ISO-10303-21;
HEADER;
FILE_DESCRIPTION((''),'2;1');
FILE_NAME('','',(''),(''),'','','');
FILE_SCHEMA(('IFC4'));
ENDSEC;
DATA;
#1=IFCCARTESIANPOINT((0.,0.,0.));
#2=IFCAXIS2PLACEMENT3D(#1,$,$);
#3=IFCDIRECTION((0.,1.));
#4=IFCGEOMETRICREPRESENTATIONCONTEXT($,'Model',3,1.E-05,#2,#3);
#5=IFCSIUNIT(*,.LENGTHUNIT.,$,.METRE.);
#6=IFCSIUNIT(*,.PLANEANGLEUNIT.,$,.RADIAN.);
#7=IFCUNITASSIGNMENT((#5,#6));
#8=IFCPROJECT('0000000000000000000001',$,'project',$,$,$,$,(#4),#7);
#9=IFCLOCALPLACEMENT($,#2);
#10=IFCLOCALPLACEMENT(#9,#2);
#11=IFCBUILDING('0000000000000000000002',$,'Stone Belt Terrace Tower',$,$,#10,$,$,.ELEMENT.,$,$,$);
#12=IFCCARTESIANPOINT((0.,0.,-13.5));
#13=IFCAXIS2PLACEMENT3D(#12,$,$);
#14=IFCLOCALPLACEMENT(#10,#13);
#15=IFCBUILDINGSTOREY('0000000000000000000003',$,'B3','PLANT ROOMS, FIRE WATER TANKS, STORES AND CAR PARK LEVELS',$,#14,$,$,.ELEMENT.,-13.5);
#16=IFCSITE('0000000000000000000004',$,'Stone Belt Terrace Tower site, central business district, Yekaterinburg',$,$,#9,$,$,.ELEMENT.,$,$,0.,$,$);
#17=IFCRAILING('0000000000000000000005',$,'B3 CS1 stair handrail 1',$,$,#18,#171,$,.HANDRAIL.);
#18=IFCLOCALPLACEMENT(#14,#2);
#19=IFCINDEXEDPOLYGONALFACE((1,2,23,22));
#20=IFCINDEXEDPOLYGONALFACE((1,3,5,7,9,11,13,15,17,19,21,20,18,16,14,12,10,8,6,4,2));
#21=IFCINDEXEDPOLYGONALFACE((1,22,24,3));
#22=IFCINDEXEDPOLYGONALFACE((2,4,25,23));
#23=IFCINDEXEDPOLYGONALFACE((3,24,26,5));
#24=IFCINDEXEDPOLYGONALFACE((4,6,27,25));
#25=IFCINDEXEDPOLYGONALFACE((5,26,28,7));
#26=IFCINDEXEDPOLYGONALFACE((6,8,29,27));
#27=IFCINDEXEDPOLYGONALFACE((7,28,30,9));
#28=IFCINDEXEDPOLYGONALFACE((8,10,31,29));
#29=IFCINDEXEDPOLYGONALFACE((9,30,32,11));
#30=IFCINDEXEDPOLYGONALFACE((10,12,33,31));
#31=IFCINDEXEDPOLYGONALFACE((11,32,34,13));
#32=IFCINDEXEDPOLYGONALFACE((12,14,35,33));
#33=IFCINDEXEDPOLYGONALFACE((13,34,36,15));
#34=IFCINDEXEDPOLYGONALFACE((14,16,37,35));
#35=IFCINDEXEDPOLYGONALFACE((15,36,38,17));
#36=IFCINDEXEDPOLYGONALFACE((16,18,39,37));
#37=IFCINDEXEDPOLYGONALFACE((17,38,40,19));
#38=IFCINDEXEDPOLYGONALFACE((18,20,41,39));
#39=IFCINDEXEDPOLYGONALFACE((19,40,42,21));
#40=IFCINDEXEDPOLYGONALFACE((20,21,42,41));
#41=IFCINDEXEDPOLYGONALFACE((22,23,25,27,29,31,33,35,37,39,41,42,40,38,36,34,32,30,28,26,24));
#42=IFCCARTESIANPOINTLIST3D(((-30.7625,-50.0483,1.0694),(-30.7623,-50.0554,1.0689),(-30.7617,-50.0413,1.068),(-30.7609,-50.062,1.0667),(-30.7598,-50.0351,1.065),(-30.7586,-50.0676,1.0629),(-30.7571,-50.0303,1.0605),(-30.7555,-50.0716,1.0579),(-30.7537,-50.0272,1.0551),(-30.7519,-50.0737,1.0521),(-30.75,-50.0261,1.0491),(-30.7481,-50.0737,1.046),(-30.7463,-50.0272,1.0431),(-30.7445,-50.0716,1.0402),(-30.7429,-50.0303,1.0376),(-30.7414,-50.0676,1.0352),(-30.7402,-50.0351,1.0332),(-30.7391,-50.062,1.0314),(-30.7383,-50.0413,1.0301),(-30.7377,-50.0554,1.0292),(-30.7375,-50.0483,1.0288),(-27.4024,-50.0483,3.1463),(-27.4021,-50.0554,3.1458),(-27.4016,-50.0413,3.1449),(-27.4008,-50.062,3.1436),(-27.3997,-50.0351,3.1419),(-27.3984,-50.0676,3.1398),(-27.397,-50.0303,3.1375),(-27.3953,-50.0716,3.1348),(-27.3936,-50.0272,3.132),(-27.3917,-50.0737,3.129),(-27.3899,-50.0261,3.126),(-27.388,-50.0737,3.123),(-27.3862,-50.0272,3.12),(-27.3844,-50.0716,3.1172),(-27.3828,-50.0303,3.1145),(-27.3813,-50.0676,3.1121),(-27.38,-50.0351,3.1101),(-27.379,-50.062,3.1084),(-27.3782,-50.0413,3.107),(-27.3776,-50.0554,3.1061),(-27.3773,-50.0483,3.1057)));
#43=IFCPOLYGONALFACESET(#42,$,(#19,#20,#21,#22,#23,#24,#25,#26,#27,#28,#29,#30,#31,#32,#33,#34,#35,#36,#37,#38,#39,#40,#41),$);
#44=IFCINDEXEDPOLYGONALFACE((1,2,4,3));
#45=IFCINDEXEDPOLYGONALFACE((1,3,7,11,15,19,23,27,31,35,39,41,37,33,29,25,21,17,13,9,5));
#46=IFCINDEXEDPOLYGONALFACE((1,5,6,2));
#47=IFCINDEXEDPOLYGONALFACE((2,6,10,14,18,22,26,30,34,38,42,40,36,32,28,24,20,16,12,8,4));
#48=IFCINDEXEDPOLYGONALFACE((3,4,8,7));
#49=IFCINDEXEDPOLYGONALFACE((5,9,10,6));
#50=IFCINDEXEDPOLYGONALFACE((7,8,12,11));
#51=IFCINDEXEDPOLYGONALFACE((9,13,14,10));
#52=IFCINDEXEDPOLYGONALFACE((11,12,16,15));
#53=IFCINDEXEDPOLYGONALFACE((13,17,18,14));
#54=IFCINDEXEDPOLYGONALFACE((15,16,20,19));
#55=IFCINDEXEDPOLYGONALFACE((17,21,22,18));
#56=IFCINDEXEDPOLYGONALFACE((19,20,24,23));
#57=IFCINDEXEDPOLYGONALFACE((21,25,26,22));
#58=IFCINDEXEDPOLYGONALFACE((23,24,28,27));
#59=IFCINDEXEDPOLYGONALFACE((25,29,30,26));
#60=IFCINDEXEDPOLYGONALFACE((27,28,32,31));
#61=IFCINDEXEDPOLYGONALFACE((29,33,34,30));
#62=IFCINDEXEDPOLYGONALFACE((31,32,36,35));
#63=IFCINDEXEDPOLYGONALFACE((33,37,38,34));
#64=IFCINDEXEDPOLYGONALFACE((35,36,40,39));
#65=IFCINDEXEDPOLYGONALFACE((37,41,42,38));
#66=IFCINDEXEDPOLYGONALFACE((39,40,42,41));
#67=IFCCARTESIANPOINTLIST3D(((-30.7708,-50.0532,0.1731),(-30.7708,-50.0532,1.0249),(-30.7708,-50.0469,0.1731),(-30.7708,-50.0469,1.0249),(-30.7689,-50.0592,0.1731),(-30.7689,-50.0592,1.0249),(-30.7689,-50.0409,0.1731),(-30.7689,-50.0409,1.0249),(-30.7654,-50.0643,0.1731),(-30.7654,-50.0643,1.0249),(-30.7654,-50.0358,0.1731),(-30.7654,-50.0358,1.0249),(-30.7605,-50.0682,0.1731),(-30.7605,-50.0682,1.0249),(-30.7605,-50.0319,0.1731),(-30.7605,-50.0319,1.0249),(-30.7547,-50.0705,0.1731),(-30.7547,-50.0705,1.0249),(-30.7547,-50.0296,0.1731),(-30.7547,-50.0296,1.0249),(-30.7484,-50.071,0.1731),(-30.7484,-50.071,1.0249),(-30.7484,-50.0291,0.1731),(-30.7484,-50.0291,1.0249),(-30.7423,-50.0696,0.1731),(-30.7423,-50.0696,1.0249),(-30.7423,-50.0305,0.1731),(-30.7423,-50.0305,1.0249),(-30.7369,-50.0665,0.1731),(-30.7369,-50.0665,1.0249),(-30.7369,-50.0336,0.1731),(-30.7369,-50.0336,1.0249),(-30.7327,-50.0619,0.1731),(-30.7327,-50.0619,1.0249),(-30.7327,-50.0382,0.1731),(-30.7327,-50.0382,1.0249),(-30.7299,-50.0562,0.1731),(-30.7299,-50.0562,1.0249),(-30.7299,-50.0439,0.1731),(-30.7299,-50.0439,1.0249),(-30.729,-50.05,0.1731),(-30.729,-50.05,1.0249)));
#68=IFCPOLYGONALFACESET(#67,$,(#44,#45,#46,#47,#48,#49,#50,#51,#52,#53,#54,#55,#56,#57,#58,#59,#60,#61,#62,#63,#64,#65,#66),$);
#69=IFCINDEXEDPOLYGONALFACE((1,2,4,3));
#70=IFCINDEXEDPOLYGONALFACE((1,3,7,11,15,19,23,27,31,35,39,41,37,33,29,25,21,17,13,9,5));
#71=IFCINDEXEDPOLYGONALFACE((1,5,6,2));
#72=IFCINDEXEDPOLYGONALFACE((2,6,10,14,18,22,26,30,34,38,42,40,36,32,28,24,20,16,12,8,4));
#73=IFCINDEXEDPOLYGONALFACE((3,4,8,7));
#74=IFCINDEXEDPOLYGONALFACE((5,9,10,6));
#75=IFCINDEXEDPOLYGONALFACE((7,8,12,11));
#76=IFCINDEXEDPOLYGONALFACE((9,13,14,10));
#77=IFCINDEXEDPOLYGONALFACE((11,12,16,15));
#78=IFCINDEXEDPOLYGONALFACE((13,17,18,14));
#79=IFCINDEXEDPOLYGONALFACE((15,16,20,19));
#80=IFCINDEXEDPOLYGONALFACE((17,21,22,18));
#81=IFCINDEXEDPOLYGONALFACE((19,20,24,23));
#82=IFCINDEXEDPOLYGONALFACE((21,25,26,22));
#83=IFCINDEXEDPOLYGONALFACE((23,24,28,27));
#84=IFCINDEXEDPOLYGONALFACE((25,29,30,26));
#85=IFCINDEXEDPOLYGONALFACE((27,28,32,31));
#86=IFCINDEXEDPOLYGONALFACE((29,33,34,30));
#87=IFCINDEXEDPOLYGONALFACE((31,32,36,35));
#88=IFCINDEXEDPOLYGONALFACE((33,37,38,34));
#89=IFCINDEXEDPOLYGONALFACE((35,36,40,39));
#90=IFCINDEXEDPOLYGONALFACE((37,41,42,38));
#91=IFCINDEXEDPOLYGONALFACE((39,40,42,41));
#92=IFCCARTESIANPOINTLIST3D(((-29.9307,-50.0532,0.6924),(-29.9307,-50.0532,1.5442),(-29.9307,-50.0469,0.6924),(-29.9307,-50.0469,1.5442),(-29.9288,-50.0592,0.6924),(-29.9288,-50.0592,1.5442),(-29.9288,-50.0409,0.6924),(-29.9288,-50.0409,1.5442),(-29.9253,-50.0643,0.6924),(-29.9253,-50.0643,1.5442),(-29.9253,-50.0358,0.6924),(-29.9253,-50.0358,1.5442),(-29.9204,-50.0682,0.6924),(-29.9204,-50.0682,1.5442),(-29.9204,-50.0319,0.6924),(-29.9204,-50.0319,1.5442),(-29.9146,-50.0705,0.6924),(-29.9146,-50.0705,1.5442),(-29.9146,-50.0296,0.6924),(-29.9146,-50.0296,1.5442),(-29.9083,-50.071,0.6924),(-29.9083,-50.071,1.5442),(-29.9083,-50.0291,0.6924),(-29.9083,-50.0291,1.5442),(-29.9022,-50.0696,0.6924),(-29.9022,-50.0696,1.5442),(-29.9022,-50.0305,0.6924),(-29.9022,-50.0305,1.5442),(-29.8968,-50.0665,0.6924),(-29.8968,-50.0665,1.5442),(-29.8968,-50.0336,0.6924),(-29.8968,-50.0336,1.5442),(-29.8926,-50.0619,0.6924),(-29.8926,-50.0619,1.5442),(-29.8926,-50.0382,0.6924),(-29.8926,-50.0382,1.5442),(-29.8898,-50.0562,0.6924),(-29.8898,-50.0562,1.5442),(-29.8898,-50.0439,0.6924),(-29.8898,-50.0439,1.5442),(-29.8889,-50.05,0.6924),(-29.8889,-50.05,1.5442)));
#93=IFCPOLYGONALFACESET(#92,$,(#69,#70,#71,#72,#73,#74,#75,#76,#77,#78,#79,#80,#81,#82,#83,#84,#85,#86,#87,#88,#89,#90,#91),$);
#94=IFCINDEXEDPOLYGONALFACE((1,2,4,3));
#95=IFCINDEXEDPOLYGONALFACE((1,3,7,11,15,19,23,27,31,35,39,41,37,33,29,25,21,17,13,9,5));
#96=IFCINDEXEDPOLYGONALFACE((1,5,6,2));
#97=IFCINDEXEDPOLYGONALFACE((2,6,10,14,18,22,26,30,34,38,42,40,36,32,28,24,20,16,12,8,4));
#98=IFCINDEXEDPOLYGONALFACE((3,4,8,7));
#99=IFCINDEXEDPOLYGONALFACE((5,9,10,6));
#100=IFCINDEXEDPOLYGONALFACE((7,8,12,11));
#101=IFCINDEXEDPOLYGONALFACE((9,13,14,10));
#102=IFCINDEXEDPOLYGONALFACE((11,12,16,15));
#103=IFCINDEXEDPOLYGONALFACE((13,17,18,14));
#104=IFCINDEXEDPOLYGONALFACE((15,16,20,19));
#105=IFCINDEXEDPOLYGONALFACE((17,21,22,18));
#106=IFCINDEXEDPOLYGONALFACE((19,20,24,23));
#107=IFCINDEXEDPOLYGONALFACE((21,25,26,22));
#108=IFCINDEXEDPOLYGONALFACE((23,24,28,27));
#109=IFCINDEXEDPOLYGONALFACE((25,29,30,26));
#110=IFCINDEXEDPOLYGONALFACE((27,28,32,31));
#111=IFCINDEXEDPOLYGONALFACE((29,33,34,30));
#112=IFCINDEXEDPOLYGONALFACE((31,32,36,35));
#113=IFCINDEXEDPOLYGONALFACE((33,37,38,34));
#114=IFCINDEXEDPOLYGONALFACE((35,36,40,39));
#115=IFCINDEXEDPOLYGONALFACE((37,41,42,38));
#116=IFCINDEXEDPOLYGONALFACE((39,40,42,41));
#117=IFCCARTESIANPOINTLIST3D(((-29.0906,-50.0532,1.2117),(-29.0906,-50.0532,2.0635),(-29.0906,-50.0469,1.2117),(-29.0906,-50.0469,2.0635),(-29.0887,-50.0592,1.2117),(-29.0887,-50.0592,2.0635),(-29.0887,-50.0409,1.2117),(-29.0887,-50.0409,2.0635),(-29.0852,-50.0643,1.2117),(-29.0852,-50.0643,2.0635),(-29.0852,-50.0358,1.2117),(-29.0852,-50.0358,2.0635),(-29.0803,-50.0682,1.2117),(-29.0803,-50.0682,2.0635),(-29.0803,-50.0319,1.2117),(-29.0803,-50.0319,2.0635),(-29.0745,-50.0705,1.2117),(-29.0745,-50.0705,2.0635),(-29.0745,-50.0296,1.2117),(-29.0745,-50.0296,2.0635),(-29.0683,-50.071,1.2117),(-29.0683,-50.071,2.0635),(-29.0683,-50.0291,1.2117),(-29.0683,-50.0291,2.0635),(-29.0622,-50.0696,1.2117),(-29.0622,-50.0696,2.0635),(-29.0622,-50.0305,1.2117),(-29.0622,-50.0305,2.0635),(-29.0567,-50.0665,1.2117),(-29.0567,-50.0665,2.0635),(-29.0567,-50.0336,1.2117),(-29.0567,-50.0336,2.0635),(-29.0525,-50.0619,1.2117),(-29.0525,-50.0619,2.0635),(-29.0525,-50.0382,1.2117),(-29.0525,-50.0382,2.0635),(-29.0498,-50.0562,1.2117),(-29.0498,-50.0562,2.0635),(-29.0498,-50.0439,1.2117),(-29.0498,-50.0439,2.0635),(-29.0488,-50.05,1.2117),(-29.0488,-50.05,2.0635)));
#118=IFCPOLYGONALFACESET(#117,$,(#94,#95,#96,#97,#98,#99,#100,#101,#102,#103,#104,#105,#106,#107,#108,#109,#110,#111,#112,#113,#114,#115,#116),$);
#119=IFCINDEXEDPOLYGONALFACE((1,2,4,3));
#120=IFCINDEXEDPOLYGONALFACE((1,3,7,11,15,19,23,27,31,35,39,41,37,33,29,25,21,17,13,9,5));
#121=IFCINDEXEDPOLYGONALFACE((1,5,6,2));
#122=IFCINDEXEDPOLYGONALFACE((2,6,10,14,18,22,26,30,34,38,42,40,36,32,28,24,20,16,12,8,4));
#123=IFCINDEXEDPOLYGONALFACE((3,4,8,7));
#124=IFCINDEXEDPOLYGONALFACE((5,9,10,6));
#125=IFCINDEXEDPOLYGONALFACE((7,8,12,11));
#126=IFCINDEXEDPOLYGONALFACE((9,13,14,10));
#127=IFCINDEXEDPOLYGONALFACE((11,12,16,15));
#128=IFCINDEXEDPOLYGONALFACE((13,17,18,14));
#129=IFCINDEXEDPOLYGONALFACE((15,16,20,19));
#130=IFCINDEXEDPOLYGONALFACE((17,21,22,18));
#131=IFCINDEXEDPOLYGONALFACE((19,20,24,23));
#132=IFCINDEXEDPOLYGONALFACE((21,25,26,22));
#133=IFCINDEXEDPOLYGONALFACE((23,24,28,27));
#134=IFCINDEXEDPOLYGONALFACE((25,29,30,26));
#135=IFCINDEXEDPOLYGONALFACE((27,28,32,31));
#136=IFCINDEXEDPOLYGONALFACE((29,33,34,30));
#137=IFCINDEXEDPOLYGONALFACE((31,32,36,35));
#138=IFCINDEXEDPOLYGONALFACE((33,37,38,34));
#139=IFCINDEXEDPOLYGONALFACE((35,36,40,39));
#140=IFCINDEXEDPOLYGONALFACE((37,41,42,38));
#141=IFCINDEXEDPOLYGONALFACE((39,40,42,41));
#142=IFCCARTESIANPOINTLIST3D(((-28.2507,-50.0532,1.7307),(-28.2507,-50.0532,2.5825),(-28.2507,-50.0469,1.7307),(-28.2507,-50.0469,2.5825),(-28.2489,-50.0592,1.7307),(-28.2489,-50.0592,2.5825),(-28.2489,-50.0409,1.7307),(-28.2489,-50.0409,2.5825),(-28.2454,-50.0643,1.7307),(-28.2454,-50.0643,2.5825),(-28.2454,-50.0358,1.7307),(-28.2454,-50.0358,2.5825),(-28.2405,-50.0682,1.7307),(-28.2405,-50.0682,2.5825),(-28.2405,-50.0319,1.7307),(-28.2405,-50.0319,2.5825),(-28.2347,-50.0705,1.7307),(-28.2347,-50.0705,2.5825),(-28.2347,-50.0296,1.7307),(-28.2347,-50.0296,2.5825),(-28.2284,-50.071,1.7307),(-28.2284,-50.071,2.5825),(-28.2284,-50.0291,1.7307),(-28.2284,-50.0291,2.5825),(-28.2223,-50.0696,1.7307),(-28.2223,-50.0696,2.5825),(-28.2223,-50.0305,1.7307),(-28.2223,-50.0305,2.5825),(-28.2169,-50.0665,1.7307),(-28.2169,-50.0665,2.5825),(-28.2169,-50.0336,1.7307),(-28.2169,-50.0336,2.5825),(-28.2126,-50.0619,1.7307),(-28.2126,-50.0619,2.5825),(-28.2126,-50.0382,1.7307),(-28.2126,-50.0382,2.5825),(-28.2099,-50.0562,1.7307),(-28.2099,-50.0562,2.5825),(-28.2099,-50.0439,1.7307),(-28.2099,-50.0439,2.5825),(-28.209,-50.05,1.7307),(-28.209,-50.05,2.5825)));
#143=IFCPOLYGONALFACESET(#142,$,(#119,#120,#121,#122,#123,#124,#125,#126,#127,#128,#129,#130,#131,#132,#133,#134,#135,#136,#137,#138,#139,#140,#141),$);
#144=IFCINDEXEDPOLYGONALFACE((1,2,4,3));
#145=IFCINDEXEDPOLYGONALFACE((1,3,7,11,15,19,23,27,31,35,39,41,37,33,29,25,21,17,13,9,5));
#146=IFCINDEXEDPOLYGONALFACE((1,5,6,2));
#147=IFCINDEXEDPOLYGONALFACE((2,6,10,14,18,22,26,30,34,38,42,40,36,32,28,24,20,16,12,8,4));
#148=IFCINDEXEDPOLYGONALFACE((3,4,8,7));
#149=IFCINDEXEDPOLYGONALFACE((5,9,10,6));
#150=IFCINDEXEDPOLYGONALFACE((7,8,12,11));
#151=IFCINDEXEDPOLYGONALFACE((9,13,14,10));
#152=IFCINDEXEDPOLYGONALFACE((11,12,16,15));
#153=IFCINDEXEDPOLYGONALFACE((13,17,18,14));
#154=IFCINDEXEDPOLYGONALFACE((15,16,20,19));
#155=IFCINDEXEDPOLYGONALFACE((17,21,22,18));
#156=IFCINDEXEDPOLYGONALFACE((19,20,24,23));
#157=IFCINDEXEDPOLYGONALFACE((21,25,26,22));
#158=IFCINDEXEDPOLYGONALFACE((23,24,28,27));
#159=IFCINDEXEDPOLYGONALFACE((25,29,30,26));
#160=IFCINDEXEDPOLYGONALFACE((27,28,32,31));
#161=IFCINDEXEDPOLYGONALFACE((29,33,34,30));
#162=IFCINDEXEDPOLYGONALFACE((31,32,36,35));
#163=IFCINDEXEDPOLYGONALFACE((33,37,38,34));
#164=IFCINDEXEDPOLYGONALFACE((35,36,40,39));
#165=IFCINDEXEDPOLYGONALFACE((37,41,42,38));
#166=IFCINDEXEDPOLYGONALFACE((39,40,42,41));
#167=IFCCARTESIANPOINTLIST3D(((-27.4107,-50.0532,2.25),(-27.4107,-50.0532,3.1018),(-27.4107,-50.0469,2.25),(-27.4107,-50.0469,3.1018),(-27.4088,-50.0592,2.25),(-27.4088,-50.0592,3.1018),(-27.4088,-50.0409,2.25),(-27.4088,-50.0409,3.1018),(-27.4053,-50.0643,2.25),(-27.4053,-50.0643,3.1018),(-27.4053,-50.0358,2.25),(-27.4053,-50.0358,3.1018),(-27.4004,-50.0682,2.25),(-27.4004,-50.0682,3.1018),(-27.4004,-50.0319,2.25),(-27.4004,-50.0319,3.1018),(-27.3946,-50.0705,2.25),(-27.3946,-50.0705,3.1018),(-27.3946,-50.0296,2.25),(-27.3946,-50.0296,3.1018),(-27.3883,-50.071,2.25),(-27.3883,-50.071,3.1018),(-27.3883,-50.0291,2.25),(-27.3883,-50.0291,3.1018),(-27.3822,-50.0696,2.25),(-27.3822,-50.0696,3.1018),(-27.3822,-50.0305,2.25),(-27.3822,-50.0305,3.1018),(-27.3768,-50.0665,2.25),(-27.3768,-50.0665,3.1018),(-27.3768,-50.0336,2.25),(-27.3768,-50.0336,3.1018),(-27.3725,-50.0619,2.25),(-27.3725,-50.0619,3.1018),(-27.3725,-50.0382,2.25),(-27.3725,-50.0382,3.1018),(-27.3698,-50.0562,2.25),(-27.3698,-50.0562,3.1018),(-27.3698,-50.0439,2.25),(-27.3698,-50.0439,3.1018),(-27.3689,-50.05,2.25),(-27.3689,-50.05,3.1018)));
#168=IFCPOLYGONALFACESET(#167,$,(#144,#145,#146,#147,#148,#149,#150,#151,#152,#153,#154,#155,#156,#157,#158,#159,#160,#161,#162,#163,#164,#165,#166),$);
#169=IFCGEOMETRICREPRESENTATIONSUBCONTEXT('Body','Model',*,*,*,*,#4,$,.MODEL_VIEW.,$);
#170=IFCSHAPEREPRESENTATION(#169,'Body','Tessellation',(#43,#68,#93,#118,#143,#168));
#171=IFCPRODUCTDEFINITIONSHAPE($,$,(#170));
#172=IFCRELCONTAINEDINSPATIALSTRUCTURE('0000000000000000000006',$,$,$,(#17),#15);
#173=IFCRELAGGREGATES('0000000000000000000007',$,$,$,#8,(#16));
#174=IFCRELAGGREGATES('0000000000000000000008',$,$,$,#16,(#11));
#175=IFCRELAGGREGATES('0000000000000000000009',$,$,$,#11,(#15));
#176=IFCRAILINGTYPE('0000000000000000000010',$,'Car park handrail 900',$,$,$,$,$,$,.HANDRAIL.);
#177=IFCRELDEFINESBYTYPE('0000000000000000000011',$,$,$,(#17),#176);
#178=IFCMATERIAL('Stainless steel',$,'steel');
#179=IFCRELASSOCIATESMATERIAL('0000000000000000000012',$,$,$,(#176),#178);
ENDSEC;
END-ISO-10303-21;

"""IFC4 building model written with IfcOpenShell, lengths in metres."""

from ifc_helpers import new_model, si_unit, direction, frame, origin, origin_2d, place, context, subcontext, project, spatial, circle, extrude, material, type_object, element, save


model = new_model("IFC4")

# Units and contexts
model_context = context("Model", 3, precision=1e-05, world=origin(), true_north=direction((0.0, 1.0)))
body_context = subcontext(model_context, "Body", "Model", "MODEL_VIEW")
ifc_project = project(units=[si_unit("LENGTHUNIT", "METRE"), si_unit("PLANEANGLEUNIT", "RADIAN")], contexts=[model_context])

# Site, building, storey
site_placement = place(None, origin())
site = spatial("IfcSite", under=ifc_project, at=site_placement, Name="Stone Belt Terrace Tower site, central business district, Yekaterinburg", CompositionType="ELEMENT", RefElevation=0.0)
building_placement = place(site_placement, origin())
building = spatial("IfcBuilding", under=site, at=building_placement, Name="Stone Belt Terrace Tower", CompositionType="ELEMENT")
storey_placement = place(building_placement, frame((0.0, 0.0, -13.5)))
storey = spatial("IfcBuildingStorey", under=building, at=storey_placement, Name="B3", Description="PLANT ROOMS, FIRE WATER TANKS, STORES AND CAR PARK LEVELS", CompositionType="ELEMENT", Elevation=-13.5)

# Railing
ifc_material_1 = material(Name="Stainless steel", Category="steel")
railing_type_1 = type_object("IfcRailingType", Name="Car park handrail 900", PredefinedType="HANDRAIL", material=ifc_material_1)
railing_1_placement = place(storey_placement, frame((-30.75, -50.05, 0.1731)))
element("IfcRailing", 1, at=railing_1_placement, inside=storey, type_object=railing_type_1, Name="B3 CS1 stair handrail 1", PredefinedType="HANDRAIL", context=body_context, shape_type="SweptSolid", body=[
    extrude(circle(Radius=0.0239, at=origin_2d()), frame((0.0, 0.0, 0.876), z_axis=(0.850623, 0.0, 0.525776), x_axis=(0.0, 1.0, 0.0)), (0.0, 0.0, 1.0), 3.9502),
    extrude(circle(Radius=0.021, at=origin_2d()), origin(), (0.0, 0.0, 1.0), 0.8518),
    extrude(circle(Radius=0.021, at=origin_2d()), frame((0.8401, 0.0, 0.5193)), (0.0, 0.0, 1.0), 0.8518),
    extrude(circle(Radius=0.021, at=origin_2d()), frame((1.6802, 0.0, 1.0386)), (0.0, 0.0, 1.0), 0.8518),
    extrude(circle(Radius=0.021, at=origin_2d()), frame((2.52, 0.0, 1.5576)), (0.0, 0.0, 1.0), 0.8518),
    extrude(circle(Radius=0.021, at=origin_2d()), frame((3.3601, 0.0, 2.0769)), (0.0, 0.0, 1.0), 0.8518),
])

save(model, "model.ifc")
